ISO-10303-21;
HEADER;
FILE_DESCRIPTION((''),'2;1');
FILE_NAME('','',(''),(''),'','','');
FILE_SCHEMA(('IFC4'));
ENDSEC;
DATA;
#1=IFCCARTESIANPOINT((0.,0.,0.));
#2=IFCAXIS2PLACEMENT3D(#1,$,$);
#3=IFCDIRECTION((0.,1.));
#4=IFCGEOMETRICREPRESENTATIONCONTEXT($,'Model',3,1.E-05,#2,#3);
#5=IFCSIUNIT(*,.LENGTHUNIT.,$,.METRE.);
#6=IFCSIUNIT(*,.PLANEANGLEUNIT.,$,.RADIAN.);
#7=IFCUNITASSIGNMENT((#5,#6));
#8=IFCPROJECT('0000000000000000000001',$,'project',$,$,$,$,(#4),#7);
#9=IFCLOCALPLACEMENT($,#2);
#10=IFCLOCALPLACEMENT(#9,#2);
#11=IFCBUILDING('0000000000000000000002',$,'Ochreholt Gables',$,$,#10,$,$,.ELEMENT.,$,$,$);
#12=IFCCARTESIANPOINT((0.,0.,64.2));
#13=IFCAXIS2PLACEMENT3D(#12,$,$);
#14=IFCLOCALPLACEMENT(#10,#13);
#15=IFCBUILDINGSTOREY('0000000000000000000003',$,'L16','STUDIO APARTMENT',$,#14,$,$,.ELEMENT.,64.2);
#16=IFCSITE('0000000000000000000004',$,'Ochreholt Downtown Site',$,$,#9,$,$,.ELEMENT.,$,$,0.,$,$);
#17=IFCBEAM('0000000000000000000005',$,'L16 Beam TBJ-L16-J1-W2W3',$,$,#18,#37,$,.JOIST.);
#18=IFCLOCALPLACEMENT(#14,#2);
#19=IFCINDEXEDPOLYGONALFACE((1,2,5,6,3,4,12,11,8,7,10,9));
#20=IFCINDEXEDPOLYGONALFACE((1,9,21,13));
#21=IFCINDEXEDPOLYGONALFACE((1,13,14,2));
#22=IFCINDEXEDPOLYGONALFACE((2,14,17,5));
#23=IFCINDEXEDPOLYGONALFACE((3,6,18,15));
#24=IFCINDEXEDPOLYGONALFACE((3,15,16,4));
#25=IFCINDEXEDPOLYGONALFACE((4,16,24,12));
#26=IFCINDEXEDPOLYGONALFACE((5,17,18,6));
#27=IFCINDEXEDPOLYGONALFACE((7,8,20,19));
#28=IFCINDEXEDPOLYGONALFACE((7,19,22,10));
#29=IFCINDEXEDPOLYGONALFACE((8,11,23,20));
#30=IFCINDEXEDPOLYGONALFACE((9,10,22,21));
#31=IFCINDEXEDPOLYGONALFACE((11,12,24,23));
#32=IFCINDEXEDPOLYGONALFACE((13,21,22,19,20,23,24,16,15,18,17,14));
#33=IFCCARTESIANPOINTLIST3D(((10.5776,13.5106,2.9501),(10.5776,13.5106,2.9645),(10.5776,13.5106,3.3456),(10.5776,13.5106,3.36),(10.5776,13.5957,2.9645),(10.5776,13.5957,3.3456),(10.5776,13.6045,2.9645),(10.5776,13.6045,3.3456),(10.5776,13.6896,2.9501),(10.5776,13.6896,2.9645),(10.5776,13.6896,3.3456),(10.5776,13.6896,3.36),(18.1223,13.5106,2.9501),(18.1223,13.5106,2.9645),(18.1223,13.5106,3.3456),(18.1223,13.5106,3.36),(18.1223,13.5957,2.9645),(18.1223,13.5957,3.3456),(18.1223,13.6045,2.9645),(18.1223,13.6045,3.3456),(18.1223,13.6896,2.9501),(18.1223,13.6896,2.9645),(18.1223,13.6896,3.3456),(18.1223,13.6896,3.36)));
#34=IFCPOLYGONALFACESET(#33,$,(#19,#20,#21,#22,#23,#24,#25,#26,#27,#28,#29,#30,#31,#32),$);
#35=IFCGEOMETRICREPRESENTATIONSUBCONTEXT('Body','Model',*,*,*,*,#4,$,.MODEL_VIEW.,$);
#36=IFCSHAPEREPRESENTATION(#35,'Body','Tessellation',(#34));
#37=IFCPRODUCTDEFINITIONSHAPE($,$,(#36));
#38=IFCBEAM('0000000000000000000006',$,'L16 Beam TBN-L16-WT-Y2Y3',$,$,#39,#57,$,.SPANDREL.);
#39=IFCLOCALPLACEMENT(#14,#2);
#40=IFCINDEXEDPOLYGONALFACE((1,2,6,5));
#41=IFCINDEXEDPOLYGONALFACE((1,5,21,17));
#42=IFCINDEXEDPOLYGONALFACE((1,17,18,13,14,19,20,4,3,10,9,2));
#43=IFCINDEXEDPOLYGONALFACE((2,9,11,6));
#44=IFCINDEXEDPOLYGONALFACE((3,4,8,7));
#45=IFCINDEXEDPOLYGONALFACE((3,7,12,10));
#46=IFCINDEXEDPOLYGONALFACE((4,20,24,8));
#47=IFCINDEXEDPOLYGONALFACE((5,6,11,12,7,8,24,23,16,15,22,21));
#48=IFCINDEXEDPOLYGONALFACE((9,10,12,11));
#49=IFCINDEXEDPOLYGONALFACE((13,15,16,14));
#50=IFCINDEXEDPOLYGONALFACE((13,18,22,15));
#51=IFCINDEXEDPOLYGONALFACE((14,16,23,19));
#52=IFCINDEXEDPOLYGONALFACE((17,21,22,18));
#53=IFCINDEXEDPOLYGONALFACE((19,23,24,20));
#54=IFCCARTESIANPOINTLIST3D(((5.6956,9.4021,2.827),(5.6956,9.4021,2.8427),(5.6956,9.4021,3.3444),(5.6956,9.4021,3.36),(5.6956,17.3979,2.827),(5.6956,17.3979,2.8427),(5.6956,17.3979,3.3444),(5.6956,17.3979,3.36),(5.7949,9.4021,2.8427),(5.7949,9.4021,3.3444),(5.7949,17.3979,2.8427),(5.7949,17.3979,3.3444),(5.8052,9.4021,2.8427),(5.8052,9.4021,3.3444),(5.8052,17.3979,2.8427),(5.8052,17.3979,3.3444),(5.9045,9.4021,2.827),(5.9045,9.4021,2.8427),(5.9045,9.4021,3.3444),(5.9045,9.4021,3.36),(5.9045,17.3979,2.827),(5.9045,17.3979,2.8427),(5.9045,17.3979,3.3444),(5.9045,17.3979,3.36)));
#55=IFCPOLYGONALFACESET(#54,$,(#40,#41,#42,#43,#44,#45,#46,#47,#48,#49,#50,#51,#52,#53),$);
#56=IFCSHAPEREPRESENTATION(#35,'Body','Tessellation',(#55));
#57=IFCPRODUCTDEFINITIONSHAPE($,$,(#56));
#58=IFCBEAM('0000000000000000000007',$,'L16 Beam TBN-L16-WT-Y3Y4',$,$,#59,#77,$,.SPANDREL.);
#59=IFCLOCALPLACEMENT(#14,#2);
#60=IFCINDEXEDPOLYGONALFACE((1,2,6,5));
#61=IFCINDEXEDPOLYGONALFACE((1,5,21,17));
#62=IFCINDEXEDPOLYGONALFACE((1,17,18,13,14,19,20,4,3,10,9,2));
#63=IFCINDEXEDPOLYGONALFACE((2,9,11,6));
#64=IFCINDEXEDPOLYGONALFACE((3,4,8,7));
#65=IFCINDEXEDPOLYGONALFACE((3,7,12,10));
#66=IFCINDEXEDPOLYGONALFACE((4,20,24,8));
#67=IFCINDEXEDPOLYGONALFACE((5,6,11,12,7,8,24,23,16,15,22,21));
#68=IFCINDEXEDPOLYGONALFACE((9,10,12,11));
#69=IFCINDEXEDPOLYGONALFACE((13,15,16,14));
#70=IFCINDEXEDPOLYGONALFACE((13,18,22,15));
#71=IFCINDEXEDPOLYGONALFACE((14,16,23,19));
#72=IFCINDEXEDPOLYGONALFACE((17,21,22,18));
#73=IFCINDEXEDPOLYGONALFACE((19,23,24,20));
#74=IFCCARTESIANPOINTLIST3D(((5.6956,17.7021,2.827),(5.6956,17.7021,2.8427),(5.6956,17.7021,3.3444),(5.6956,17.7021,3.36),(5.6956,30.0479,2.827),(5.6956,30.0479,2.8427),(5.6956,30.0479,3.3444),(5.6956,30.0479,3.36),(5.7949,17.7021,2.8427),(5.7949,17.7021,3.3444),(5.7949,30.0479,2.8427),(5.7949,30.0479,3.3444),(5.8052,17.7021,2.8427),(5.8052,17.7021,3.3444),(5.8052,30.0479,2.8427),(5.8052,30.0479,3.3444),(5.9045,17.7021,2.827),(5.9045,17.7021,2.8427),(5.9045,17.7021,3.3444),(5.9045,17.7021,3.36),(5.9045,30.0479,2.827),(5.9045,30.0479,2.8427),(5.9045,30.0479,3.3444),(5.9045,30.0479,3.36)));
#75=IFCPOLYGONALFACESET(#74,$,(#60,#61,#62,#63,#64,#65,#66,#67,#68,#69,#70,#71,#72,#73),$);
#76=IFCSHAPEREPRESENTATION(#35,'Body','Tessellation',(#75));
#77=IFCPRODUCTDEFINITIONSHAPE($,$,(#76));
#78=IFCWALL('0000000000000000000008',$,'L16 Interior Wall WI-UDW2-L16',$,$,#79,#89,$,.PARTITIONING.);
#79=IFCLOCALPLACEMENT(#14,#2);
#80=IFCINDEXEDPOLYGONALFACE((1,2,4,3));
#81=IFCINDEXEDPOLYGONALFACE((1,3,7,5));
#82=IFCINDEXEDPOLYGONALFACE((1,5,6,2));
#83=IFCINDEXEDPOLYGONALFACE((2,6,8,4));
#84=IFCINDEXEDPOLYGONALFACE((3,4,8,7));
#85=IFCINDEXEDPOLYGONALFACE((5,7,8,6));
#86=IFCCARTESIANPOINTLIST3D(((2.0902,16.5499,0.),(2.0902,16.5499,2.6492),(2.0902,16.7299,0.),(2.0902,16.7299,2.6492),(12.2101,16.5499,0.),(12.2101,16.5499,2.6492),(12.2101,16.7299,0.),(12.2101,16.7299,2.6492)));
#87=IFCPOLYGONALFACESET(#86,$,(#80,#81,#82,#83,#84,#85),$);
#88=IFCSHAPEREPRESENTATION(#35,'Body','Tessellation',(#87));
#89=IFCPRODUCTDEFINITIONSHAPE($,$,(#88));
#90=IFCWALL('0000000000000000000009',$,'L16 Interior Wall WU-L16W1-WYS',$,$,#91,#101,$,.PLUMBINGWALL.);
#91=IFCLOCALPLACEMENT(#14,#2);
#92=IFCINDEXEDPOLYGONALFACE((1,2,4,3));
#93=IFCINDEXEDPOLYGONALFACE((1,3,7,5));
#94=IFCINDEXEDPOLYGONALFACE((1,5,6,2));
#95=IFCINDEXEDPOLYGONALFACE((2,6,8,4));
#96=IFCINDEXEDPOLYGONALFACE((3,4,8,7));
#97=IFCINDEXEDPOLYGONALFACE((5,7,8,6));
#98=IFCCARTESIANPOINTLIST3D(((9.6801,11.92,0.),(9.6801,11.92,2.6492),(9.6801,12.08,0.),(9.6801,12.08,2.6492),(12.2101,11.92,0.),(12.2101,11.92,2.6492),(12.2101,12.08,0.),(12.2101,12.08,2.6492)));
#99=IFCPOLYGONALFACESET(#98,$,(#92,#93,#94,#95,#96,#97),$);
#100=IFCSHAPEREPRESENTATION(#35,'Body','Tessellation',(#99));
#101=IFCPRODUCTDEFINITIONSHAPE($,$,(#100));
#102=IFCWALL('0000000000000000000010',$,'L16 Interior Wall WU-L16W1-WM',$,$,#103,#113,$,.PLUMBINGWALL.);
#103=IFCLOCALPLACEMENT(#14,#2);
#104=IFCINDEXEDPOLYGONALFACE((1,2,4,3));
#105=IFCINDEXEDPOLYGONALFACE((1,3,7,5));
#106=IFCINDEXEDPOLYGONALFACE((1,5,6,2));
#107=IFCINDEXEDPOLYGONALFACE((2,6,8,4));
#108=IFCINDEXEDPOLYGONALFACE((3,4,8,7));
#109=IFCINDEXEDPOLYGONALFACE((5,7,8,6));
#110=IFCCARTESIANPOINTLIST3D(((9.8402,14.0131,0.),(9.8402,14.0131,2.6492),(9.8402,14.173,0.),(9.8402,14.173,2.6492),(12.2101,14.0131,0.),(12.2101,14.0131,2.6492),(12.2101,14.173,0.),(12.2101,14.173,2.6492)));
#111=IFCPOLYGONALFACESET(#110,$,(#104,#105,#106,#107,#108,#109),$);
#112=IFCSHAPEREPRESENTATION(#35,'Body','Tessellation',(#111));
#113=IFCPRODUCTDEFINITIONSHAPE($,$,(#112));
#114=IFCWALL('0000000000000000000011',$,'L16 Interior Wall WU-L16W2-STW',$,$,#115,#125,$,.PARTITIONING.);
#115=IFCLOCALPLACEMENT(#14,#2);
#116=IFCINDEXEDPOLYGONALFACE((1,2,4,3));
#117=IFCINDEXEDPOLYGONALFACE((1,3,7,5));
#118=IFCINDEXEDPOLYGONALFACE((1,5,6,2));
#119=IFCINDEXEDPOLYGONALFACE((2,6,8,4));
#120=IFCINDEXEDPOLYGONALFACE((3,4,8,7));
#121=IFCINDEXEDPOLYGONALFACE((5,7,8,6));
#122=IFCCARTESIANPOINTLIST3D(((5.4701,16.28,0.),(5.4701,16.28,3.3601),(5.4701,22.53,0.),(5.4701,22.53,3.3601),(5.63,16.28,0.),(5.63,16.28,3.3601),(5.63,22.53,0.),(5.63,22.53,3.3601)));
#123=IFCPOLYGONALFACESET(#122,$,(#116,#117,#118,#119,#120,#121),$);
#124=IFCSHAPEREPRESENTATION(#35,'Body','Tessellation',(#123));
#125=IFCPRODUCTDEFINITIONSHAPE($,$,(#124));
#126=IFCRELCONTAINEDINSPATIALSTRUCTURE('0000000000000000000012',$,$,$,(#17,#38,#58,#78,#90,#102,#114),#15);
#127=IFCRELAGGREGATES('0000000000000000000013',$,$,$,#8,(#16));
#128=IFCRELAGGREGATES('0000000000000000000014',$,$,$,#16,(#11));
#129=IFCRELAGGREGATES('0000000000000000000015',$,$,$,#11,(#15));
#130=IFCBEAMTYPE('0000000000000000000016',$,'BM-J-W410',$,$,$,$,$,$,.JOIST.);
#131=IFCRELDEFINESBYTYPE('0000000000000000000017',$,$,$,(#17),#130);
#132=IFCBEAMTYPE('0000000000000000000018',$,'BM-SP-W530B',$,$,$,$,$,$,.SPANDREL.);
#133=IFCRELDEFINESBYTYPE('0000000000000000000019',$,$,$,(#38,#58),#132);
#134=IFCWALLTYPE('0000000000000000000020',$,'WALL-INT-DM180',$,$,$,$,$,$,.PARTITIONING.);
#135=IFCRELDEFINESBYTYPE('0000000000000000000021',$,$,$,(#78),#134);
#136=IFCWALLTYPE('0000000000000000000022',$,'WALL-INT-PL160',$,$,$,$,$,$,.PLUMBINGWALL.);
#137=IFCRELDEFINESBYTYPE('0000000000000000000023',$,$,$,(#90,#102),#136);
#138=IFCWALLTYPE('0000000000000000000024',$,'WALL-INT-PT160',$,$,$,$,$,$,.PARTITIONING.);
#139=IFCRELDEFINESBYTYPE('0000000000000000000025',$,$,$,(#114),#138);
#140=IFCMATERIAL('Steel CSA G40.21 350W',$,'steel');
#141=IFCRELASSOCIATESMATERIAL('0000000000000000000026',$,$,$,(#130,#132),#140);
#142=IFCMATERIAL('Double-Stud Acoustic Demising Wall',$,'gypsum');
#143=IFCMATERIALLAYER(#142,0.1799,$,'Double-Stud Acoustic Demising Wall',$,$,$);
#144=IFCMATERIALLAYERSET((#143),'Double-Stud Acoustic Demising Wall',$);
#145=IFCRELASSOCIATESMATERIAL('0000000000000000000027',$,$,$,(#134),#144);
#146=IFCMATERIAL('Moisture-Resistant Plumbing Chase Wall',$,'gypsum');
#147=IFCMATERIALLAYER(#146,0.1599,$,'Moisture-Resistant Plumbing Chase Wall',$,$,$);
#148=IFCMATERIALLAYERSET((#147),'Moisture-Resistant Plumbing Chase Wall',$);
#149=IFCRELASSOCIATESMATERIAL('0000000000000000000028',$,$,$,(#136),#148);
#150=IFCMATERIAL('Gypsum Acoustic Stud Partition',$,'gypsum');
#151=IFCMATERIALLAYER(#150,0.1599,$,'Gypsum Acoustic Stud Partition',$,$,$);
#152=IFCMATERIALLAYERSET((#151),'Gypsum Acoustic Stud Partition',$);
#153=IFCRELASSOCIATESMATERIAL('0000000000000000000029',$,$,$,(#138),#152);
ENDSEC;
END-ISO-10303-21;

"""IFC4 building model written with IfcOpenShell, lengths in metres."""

from ifc_helpers import new_model, si_unit, direction, frame, frame_2d, origin, origin_2d, place, context, subcontext, project, spatial, rectangle, i_section, extrude, material, layer, layer_set, material_profile, profile_set, type_object, element, save


model = new_model("IFC4")

# Units and contexts
model_context = context("Model", 3, precision=1e-05, world=origin(), true_north=direction((0.0, 1.0)))
body_context = subcontext(model_context, "Body", "Model", "MODEL_VIEW")
ifc_project = project(units=[si_unit("LENGTHUNIT", "METRE"), si_unit("PLANEANGLEUNIT", "RADIAN")], contexts=[model_context])

# Site, building, storey
site_placement = place(None, origin())
site = spatial("IfcSite", under=ifc_project, at=site_placement, Name="Ochreholt Downtown Site", CompositionType="ELEMENT", RefElevation=0.0)
building_placement = place(site_placement, origin())
building = spatial("IfcBuilding", under=site, at=building_placement, Name="Ochreholt Gables", CompositionType="ELEMENT")
storey_placement = place(building_placement, frame((0.0, 0.0, 64.2)))
storey = spatial("IfcBuildingStorey", under=building, at=storey_placement, Name="L16", Description="STUDIO APARTMENT", CompositionType="ELEMENT", Elevation=64.2)

# Shared definitions
ifc_material_1 = material(Name="Steel CSA G40.21 350W", Category="steel")

# Beams
ifc_material_profile_1 = material_profile(ifc_material_1, i_section(OverallWidth=0.179, OverallDepth=0.4099, WebThickness=0.0088, FlangeThickness=0.0144, at=origin_2d()), Name="W410X67")
ifc_profile_set_1 = profile_set([ifc_material_profile_1], Name="Steel CSA G40.21 350W")
beam_type_1 = type_object("IfcBeamType", Name="BM-J-W410", PredefinedType="JOIST", material=ifc_profile_set_1)
beam_1_placement = place(storey_placement, frame((10.5776, 13.6001, 3.155), z_axis=(1.0, 0.0, 0.0), x_axis=(0.0, 1.0, 0.0)))
element("IfcBeam", 1, at=beam_1_placement, inside=storey, type_object=beam_type_1, Name="L16 Beam TBJ-L16-J1-W2W3", PredefinedType="JOIST", context=body_context, shape_type="SweptSolid", body=[
    extrude(i_section(OverallWidth=0.179, OverallDepth=0.4099, WebThickness=0.0088, FlangeThickness=0.0144, at=origin_2d()), origin(), (0.0, 0.0, 1.0), 7.5447),
])
ifc_material_profile_2 = material_profile(ifc_material_1, i_section(OverallWidth=0.209, OverallDepth=0.533, WebThickness=0.0103, FlangeThickness=0.0156, at=origin_2d()), Name="W530X92")
ifc_profile_set_2 = profile_set([ifc_material_profile_2], Name="Steel CSA G40.21 350W")
beam_type_2 = type_object("IfcBeamType", Name="BM-SP-W530B", PredefinedType="SPANDREL", material=ifc_profile_set_2)
beam_2_placement = place(storey_placement, frame((5.8, 9.4021, 3.0935), z_axis=(0.0, 1.0, 0.0), x_axis=(-1.0, 0.0, 0.0)))
element("IfcBeam", 2, at=beam_2_placement, inside=storey, type_object=beam_type_2, Name="L16 Beam TBN-L16-WT-Y2Y3", PredefinedType="SPANDREL", context=body_context, shape_type="SweptSolid", body=[
    extrude(i_section(OverallWidth=0.209, OverallDepth=0.533, WebThickness=0.0103, FlangeThickness=0.0156, at=origin_2d()), origin(), (0.0, 0.0, 1.0), 7.9958),
])
beam_3_placement = place(storey_placement, frame((5.8, 17.7021, 3.0935), z_axis=(0.0, 1.0, 0.0), x_axis=(-1.0, 0.0, 0.0)))
element("IfcBeam", 3, at=beam_3_placement, inside=storey, type_object=beam_type_2, Name="L16 Beam TBN-L16-WT-Y3Y4", PredefinedType="SPANDREL", context=body_context, shape_type="SweptSolid", body=[
    extrude(i_section(OverallWidth=0.209, OverallDepth=0.533, WebThickness=0.0103, FlangeThickness=0.0156, at=origin_2d()), origin(), (0.0, 0.0, 1.0), 12.3457),
])

# Walls
ifc_material_2 = material(Name="Double-Stud Acoustic Demising Wall", Category="gypsum")
ifc_layer_1 = layer(ifc_material_2, 0.1799, Name="Double-Stud Acoustic Demising Wall")
ifc_layer_set_1 = layer_set([ifc_layer_1], Name="Double-Stud Acoustic Demising Wall")
wall_type_1 = type_object("IfcWallType", Name="WALL-INT-DM180", PredefinedType="PARTITIONING", material=ifc_layer_set_1)
wall_1_placement = place(storey_placement, frame((2.0901, 16.6399, 0.0), z_axis=(0.0, 0.0, 1.0), x_axis=(1.0, 0.0, 0.0)))
element("IfcWall", 4, at=wall_1_placement, inside=storey, type_object=wall_type_1, Name="L16 Interior Wall WI-UDW2-L16", PredefinedType="PARTITIONING", context=body_context, shape_type="SweptSolid", body=[
    extrude(rectangle(XDim=10.1199, YDim=0.1799, at=frame_2d((5.0601, 0.0))), origin(), (0.0, 0.0, 1.0), 2.6492),
])
ifc_material_3 = material(Name="Moisture-Resistant Plumbing Chase Wall", Category="gypsum")
ifc_layer_2 = layer(ifc_material_3, 0.1599, Name="Moisture-Resistant Plumbing Chase Wall")
ifc_layer_set_2 = layer_set([ifc_layer_2], Name="Moisture-Resistant Plumbing Chase Wall")
wall_type_2 = type_object("IfcWallType", Name="WALL-INT-PL160", PredefinedType="PLUMBINGWALL", material=ifc_layer_set_2)
wall_2_placement = place(storey_placement, frame((9.6799, 12.0, 0.0), z_axis=(0.0, 0.0, 1.0), x_axis=(1.0, 0.0, 0.0)))
element("IfcWall", 5, at=wall_2_placement, inside=storey, type_object=wall_type_2, Name="L16 Interior Wall WU-L16W1-WYS", PredefinedType="PLUMBINGWALL", context=body_context, shape_type="SweptSolid", body=[
    extrude(rectangle(XDim=2.53, YDim=0.1599, at=frame_2d((1.2651, 0.0))), origin(), (0.0, 0.0, 1.0), 2.6492),
])

# Wall
wall_3_placement = place(storey_placement, frame((9.8401, 14.093, 0.0), z_axis=(0.0, 0.0, 1.0), x_axis=(1.0, 0.0, 0.0)))
element("IfcWall", 6, at=wall_3_placement, inside=storey, type_object=wall_type_2, Name="L16 Interior Wall WU-L16W1-WM", PredefinedType="PLUMBINGWALL", context=body_context, shape_type="SweptSolid", body=[
    extrude(rectangle(XDim=2.3699, YDim=0.1599, at=frame_2d((1.1851, 0.0))), origin(), (0.0, 0.0, 1.0), 2.6492),
])

# Wall
ifc_material_4 = material(Name="Gypsum Acoustic Stud Partition", Category="gypsum")
ifc_layer_3 = layer(ifc_material_4, 0.1599, Name="Gypsum Acoustic Stud Partition")
ifc_layer_set_3 = layer_set([ifc_layer_3], Name="Gypsum Acoustic Stud Partition")
wall_type_3 = type_object("IfcWallType", Name="WALL-INT-PT160", PredefinedType="PARTITIONING", material=ifc_layer_set_3)
wall_4_placement = place(storey_placement, frame((5.55, 16.28, 0.0), z_axis=(0.0, 0.0, 1.0), x_axis=(0.0, 1.0, 0.0)))
element("IfcWall", 7, at=wall_4_placement, inside=storey, type_object=wall_type_3, Name="L16 Interior Wall WU-L16W2-STW", PredefinedType="PARTITIONING", context=body_context, shape_type="SweptSolid", body=[
    extrude(rectangle(XDim=6.25, YDim=0.1599, at=frame_2d((3.125, 0.0))), origin(), (0.0, 0.0, 1.0), 3.3601),
])

save(model, "model.ifc")
